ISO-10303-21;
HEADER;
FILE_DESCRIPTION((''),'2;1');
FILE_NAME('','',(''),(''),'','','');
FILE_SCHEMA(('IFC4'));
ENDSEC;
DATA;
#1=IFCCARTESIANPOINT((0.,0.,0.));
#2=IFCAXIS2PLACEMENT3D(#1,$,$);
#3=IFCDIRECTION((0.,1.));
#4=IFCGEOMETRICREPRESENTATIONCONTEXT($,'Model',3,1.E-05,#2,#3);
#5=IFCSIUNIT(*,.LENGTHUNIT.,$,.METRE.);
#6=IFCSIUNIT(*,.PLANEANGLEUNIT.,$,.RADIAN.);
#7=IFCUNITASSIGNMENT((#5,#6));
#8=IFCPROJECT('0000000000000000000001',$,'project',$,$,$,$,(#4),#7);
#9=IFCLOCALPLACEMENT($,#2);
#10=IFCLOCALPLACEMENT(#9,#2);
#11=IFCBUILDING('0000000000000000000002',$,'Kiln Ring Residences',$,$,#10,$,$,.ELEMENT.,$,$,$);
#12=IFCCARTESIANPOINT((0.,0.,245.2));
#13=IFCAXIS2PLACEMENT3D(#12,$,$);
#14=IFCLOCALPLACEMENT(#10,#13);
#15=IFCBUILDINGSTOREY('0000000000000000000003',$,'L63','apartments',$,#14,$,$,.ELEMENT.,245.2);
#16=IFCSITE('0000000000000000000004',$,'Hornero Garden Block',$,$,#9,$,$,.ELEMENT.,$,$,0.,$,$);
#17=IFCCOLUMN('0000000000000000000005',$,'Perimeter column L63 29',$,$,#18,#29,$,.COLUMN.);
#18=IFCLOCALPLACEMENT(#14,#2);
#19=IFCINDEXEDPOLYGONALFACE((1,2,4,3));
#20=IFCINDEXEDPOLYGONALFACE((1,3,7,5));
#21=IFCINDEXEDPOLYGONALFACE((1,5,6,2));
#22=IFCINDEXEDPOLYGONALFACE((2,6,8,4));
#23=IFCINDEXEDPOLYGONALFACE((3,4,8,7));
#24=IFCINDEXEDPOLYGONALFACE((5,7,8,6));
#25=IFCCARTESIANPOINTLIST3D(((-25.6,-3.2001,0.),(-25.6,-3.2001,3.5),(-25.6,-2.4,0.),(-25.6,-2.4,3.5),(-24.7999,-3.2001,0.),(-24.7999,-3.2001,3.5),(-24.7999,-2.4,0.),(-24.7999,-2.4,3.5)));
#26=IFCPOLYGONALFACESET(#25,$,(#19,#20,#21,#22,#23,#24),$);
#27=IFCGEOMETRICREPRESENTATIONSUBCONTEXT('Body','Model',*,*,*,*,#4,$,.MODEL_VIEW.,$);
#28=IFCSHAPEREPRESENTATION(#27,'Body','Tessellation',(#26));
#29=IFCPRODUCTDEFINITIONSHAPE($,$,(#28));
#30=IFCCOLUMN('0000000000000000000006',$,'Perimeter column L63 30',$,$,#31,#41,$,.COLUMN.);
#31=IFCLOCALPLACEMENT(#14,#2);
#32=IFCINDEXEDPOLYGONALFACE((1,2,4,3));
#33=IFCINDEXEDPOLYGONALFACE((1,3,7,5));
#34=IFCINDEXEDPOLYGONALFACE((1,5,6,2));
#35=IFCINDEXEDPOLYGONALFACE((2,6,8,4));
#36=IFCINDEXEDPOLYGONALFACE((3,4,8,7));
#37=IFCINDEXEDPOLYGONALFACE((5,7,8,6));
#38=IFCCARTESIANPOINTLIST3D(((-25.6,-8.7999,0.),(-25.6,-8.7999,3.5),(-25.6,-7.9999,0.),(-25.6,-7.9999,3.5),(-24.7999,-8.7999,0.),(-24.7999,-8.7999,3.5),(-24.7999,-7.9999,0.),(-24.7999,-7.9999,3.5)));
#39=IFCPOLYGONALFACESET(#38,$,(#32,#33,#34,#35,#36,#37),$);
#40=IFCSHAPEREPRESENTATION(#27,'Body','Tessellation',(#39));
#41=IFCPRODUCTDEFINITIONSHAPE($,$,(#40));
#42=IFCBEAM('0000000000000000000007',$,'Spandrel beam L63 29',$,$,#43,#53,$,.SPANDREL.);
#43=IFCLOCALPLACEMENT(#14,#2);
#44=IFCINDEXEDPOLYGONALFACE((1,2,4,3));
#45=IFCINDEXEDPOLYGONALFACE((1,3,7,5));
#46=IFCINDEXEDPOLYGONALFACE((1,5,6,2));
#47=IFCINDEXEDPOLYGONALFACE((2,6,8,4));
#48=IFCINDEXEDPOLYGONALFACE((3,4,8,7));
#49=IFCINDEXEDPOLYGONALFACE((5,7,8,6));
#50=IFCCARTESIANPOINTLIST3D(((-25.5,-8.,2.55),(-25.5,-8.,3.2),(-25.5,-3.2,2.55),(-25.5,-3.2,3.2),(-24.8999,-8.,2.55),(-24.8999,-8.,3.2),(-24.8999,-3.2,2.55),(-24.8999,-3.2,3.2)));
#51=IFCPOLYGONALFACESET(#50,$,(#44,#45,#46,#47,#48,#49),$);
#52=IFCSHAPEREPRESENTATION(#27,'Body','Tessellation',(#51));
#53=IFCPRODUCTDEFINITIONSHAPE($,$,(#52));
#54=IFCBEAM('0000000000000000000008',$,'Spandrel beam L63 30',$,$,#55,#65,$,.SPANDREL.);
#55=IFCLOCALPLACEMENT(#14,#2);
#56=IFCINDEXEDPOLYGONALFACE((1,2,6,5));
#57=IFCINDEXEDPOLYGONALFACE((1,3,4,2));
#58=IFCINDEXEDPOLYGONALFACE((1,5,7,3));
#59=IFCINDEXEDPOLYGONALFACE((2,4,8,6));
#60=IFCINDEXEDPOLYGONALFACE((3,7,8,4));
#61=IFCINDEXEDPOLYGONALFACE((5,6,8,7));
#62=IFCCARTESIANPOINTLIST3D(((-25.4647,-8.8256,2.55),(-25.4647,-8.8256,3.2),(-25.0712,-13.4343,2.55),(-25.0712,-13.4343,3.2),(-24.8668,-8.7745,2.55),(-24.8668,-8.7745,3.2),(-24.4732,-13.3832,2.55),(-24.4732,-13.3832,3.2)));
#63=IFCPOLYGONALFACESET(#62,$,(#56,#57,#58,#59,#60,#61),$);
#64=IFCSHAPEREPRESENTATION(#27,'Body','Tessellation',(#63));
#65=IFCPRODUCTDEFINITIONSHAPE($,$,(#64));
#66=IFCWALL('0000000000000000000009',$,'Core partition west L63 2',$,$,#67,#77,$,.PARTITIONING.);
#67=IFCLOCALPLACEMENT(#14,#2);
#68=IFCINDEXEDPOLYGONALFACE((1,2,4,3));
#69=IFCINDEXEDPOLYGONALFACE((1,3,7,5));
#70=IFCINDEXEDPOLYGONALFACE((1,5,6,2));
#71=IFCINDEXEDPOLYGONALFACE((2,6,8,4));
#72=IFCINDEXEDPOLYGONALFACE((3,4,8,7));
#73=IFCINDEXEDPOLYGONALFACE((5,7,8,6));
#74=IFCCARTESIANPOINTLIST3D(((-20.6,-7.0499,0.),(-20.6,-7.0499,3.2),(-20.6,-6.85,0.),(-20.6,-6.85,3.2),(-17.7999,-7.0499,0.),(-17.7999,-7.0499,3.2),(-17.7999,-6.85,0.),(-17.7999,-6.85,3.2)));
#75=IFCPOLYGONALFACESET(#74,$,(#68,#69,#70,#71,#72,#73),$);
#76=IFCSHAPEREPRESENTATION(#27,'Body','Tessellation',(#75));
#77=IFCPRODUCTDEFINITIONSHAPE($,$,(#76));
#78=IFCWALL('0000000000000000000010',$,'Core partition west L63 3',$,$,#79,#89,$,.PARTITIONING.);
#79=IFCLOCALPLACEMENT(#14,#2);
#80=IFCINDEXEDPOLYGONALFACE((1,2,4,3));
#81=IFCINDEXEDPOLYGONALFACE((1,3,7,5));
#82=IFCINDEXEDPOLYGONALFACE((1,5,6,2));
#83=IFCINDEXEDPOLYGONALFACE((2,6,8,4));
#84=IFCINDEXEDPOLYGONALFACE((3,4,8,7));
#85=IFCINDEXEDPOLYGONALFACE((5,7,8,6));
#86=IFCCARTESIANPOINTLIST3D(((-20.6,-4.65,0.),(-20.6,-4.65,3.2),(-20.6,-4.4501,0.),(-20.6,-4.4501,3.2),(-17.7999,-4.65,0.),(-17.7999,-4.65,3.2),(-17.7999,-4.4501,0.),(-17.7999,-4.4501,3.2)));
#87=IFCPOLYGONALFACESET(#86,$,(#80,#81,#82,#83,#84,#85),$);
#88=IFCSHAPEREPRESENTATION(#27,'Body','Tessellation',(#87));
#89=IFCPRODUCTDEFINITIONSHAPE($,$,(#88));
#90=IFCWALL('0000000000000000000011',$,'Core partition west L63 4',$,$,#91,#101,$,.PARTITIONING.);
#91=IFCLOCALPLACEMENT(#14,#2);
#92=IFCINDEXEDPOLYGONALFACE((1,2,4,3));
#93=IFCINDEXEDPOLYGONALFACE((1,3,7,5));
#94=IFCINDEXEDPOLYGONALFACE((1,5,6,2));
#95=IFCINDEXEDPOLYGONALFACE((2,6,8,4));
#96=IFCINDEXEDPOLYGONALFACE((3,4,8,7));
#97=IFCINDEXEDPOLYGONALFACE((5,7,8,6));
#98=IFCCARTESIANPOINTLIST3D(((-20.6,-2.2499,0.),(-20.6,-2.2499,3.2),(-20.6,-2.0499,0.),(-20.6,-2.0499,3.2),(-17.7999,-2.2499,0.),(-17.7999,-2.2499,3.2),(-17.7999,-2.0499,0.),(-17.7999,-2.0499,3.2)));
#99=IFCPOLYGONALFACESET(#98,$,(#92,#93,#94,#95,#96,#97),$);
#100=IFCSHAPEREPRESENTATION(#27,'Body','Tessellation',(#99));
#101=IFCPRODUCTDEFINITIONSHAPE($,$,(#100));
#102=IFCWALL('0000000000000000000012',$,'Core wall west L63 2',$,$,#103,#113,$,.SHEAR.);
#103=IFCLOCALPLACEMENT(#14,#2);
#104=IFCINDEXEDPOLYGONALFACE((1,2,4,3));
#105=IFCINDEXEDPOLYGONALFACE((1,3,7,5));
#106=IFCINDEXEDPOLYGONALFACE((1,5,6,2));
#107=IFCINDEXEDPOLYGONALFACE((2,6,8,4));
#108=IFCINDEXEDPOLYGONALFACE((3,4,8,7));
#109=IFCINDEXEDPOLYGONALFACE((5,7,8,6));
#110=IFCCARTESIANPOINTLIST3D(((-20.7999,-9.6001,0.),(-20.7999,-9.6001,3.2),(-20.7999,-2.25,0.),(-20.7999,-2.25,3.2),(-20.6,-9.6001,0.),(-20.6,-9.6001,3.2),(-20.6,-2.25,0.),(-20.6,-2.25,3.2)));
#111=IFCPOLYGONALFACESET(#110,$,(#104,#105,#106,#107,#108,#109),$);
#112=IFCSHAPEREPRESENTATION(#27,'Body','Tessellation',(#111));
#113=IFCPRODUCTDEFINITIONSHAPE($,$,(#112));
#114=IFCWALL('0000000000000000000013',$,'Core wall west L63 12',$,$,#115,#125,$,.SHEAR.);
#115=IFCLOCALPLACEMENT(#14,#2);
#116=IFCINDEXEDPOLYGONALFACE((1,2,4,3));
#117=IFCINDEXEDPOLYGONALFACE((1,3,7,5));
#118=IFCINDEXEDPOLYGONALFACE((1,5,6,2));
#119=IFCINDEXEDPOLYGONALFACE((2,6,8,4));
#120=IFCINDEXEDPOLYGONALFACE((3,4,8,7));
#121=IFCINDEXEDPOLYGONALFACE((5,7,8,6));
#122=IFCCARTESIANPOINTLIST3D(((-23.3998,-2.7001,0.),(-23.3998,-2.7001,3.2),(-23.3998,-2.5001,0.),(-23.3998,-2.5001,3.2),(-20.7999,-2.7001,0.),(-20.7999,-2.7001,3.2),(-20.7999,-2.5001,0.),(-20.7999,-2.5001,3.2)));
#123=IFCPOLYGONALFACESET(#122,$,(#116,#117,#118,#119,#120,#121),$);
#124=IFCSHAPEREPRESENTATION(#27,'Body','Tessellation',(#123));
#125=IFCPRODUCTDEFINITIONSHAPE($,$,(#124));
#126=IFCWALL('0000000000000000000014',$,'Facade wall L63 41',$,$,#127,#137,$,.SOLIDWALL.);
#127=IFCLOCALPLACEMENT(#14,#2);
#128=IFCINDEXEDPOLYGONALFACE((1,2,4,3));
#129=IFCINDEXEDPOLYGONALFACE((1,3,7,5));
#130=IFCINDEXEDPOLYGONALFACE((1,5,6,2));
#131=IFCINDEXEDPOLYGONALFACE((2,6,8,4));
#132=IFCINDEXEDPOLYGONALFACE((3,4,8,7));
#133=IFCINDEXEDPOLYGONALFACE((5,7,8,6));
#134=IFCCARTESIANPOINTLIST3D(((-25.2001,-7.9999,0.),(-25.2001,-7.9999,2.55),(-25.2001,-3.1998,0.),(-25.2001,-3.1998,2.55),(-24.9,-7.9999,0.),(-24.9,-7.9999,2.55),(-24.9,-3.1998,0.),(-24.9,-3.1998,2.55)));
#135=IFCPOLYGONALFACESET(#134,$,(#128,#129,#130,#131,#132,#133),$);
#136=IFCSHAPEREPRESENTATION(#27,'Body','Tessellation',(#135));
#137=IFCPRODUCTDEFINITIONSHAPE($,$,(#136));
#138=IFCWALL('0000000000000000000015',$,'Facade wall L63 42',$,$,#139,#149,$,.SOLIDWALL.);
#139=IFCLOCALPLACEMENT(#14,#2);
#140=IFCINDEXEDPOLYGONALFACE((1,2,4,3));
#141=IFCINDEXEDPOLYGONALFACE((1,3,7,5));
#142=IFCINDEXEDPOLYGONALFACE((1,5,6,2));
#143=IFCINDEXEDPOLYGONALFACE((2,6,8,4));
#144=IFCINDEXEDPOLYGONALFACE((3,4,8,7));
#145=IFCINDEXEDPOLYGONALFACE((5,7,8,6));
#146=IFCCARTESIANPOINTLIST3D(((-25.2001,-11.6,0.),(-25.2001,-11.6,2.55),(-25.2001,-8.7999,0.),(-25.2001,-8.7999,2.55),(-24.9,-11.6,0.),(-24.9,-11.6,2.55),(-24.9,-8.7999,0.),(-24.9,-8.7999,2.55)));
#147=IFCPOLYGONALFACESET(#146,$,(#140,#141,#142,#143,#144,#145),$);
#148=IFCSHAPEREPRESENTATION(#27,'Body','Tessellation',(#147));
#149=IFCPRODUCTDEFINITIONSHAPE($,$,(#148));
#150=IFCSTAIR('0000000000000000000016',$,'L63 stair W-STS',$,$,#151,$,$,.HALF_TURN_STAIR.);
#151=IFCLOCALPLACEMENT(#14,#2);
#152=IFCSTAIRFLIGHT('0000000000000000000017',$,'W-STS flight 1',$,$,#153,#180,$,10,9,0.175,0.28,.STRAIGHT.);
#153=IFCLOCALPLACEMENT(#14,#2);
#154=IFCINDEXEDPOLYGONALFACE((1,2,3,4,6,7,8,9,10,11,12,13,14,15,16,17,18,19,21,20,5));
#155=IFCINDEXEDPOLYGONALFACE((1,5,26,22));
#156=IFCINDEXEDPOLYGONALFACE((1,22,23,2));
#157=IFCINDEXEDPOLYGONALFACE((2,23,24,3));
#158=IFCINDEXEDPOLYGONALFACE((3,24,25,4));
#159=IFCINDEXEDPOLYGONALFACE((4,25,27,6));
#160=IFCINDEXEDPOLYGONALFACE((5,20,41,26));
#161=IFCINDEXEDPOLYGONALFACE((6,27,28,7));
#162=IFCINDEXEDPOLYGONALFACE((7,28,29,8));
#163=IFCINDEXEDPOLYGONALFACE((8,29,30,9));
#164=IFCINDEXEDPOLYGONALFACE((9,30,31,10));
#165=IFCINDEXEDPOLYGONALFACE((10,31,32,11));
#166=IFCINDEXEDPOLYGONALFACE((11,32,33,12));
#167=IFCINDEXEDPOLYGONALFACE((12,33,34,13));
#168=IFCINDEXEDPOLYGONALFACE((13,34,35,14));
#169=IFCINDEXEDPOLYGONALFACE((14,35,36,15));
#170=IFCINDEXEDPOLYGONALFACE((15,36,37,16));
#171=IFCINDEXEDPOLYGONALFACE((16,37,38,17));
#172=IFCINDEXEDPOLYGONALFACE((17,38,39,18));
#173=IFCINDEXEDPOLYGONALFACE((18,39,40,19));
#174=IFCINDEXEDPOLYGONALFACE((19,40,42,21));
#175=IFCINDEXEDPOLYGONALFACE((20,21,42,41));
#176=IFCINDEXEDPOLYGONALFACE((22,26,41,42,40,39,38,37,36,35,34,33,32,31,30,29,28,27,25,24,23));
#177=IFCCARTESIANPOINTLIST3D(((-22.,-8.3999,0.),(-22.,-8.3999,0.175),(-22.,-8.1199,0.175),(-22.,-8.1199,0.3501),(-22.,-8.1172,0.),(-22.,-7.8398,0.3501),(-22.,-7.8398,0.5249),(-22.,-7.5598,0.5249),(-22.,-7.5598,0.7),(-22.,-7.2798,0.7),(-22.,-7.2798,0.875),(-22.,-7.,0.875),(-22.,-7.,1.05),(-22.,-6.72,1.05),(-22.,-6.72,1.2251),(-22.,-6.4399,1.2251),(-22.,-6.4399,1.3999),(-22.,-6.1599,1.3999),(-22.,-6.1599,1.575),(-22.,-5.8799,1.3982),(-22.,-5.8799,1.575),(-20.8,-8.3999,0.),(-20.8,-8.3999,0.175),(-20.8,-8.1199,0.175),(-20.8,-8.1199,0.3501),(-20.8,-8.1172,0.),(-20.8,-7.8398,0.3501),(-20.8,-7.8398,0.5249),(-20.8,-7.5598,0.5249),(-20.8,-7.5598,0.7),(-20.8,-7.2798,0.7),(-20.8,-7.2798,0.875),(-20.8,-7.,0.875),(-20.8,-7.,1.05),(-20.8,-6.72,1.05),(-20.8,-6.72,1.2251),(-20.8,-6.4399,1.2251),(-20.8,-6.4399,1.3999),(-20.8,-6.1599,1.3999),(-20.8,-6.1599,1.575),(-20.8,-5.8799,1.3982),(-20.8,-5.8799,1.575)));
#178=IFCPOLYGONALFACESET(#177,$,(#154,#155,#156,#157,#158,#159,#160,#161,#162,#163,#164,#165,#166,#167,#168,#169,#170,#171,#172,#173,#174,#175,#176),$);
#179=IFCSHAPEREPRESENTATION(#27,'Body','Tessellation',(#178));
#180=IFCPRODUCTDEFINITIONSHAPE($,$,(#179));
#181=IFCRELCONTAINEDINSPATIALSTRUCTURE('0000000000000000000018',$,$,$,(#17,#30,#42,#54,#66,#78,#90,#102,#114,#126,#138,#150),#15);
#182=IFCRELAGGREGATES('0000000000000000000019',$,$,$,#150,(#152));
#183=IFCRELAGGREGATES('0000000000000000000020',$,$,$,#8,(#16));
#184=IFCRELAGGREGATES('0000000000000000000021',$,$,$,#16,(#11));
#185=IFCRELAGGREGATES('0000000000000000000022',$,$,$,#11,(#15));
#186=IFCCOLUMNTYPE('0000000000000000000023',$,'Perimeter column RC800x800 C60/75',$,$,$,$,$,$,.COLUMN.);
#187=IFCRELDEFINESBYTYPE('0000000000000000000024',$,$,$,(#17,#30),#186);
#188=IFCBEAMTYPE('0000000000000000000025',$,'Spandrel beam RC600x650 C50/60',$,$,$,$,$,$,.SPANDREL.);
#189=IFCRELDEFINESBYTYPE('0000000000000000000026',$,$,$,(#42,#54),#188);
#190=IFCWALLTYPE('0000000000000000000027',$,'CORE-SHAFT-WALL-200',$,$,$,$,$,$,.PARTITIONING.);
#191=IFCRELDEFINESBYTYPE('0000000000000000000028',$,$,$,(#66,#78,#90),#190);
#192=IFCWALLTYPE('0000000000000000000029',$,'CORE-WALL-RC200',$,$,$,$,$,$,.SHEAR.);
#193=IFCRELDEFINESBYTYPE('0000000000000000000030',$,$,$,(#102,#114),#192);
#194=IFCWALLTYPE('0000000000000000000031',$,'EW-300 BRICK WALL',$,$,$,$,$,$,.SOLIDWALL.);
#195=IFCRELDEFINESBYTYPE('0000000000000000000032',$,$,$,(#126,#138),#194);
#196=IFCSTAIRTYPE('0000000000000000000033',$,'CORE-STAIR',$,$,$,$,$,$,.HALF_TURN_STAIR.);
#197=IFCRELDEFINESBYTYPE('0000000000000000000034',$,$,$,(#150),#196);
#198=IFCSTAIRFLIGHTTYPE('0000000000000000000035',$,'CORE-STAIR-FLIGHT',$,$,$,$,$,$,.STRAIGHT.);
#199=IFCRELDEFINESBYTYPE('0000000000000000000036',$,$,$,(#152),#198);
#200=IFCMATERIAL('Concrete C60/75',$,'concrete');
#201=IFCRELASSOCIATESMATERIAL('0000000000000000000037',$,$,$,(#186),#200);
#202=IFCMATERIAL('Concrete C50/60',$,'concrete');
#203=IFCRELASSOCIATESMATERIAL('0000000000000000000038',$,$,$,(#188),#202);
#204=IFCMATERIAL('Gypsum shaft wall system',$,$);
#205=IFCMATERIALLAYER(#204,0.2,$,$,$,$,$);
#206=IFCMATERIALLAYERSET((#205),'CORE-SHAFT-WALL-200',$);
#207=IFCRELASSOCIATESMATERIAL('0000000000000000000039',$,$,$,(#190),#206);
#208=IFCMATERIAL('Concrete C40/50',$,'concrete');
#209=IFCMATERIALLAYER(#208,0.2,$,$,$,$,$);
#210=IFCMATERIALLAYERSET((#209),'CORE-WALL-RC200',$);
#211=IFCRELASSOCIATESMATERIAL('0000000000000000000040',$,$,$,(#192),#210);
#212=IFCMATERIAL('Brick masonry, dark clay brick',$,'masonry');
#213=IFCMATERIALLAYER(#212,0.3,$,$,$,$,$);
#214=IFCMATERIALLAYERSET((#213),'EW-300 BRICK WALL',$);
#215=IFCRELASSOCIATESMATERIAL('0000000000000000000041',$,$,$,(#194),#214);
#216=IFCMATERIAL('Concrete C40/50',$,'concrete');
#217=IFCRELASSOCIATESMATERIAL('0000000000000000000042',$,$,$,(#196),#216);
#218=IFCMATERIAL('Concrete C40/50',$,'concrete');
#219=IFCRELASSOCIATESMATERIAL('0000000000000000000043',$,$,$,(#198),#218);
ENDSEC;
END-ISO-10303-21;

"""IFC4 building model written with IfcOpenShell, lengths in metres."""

from ifc_helpers import new_model, si_unit, direction, frame, frame_2d, origin, origin_2d, place, context, subcontext, project, spatial, polyline, rectangle, outline, extrude, material, layer, layer_set, material_profile, profile_set, type_object, element, aggregate, save


model = new_model("IFC4")

# Units and contexts
model_context = context("Model", 3, precision=1e-05, world=origin(), true_north=direction((0.0, 1.0)))
body_context = subcontext(model_context, "Body", "Model", "MODEL_VIEW")
ifc_project = project(units=[si_unit("LENGTHUNIT", "METRE"), si_unit("PLANEANGLEUNIT", "RADIAN")], contexts=[model_context])

# Site, building, storey
site_placement = place(None, origin())
site = spatial("IfcSite", under=ifc_project, at=site_placement, Name="Hornero Garden Block", CompositionType="ELEMENT", RefElevation=0.0)
building_placement = place(site_placement, origin())
building = spatial("IfcBuilding", under=site, at=building_placement, Name="Kiln Ring Residences", CompositionType="ELEMENT")
storey_placement = place(building_placement, frame((0.0, 0.0, 245.2)))
storey = spatial("IfcBuildingStorey", under=building, at=storey_placement, Name="L63", Description="apartments", CompositionType="ELEMENT", Elevation=245.2)

# Columns
ifc_material_1 = material(Name="Concrete C60/75", Category="concrete")
ifc_material_profile_1 = material_profile(ifc_material_1, rectangle(XDim=0.8, YDim=0.8, at=origin_2d()), Name="RC800x800")
ifc_profile_set_1 = profile_set([ifc_material_profile_1], Name="Concrete C60/75")
column_type = type_object("IfcColumnType", Name="Perimeter column RC800x800 C60/75", PredefinedType="COLUMN", material=ifc_profile_set_1)
for number, where, z_axis, x_axis, name in (
    (1, (-25.2, -2.8, 0.0), (0.0, 0.0, 1.0), (1.0, 0.0, 0.0), "Perimeter column L63 29"),
    (2, (-25.2, -8.3999, 0.0), (0.0, 0.0, 1.0), (1.0, 0.0, 0.0), "Perimeter column L63 30"),
):
    element("IfcColumn", number, at=place(storey_placement, frame(where, z_axis=z_axis, x_axis=x_axis)), inside=storey, type_object=column_type, Name=name, PredefinedType="COLUMN", context=body_context, shape_type="SweptSolid", body=[
        extrude(rectangle(XDim=0.8, YDim=0.8, at=origin_2d()), origin(), (0.0, 0.0, 1.0), 3.5),
    ])

# Beams
ifc_material_2 = material(Name="Concrete C50/60", Category="concrete")
ifc_material_profile_2 = material_profile(ifc_material_2, rectangle(XDim=0.6001, YDim=0.6499, at=origin_2d()), Name="RC600x650")
ifc_profile_set_2 = profile_set([ifc_material_profile_2], Name="Concrete C50/60")
beam_type = type_object("IfcBeamType", Name="Spandrel beam RC600x650 C50/60", PredefinedType="SPANDREL", material=ifc_profile_set_2)
beam_1_placement = place(storey_placement, frame((-25.2, -3.2, 2.875), z_axis=(0.0, -1.0, 0.0), x_axis=(1.0, 0.0, 0.0)))
element("IfcBeam", 3, at=beam_1_placement, inside=storey, type_object=beam_type, Name="Spandrel beam L63 29", PredefinedType="SPANDREL", context=body_context, shape_type="SweptSolid", body=[
    extrude(rectangle(XDim=0.6001, YDim=0.6499, at=origin_2d()), origin(), (0.0, 0.0, 1.0), 4.8),
])
beam_2_placement = place(storey_placement, frame((-25.1658, -8.8, 2.875), z_axis=(0.085085, -0.996374, 0.0), x_axis=(0.996374, 0.085085, 0.0)))
element("IfcBeam", 4, at=beam_2_placement, inside=storey, type_object=beam_type, Name="Spandrel beam L63 30", PredefinedType="SPANDREL", context=body_context, shape_type="SweptSolid", body=[
    extrude(rectangle(XDim=0.6001, YDim=0.6499, at=origin_2d()), origin(), (0.0, 0.0, 1.0), 4.6255),
])

# Walls
ifc_material_3 = material(Name="Gypsum shaft wall system")
ifc_layer_1 = layer(ifc_material_3, 0.2)
ifc_layer_set_1 = layer_set([ifc_layer_1], Name="CORE-SHAFT-WALL-200")
wall_type_1 = type_object("IfcWallType", Name="CORE-SHAFT-WALL-200", PredefinedType="PARTITIONING", material=ifc_layer_set_1)
for number, where, z_axis, x_axis, name in (
    (5, (-17.8, -6.95, 0.0), (0.0, 0.0, 1.0), (-1.0, 0.0, 0.0), "Core partition west L63 2"),
    (6, (-17.8, -4.55, 0.0), (0.0, 0.0, 1.0), (-1.0, 0.0, 0.0), "Core partition west L63 3"),
    (7, (-17.8, -2.1499, 0.0), (0.0, 0.0, 1.0), (-1.0, 0.0, 0.0), "Core partition west L63 4"),
):
    element("IfcWall", number, at=place(storey_placement, frame(where, z_axis=z_axis, x_axis=x_axis)), inside=storey, type_object=wall_type_1, Name=name, PredefinedType="PARTITIONING", context=body_context, shape_type="SweptSolid", body=[
        extrude(rectangle(XDim=2.8, YDim=0.2, at=frame_2d((1.3999, 0.0))), origin(), (0.0, 0.0, 1.0), 3.2),
    ])
ifc_material_4 = material(Name="Concrete C40/50", Category="concrete")
ifc_layer_2 = layer(ifc_material_4, 0.2)
ifc_layer_set_2 = layer_set([ifc_layer_2], Name="CORE-WALL-RC200")
wall_type_2 = type_object("IfcWallType", Name="CORE-WALL-RC200", PredefinedType="SHEAR", material=ifc_layer_set_2)
wall_1_placement = place(storey_placement, frame((-20.7, -9.6001, 0.0), z_axis=(0.0, 0.0, 1.0), x_axis=(0.0, 1.0, 0.0)))
element("IfcWall", 8, at=wall_1_placement, inside=storey, type_object=wall_type_2, Name="Core wall west L63 2", PredefinedType="SHEAR", context=body_context, shape_type="SweptSolid", body=[
    extrude(rectangle(XDim=7.3501, YDim=0.2, at=frame_2d((3.675, 0.0))), origin(), (0.0, 0.0, 1.0), 3.2),
])
wall_2_placement = place(storey_placement, frame((-20.8, -2.6001, 0.0), z_axis=(0.0, 0.0, 1.0), x_axis=(-1.0, 0.0, 0.0)))
element("IfcWall", 9, at=wall_2_placement, inside=storey, type_object=wall_type_2, Name="Core wall west L63 12", PredefinedType="SHEAR", context=body_context, shape_type="SweptSolid", body=[
    extrude(rectangle(XDim=2.5999, YDim=0.2, at=frame_2d((1.2998, 0.0))), origin(), (0.0, 0.0, 1.0), 3.2),
])
ifc_material_5 = material(Name="Brick masonry, dark clay brick", Category="masonry")
ifc_layer_3 = layer(ifc_material_5, 0.3)
ifc_layer_set_3 = layer_set([ifc_layer_3], Name="EW-300 BRICK WALL")
wall_type_3 = type_object("IfcWallType", Name="EW-300 BRICK WALL", PredefinedType="SOLIDWALL", material=ifc_layer_set_3)
wall_3_placement = place(storey_placement, frame((-25.05, -3.2, 0.0), z_axis=(0.0, 0.0, 1.0), x_axis=(0.0, -1.0, 0.0)))
element("IfcWall", 10, at=wall_3_placement, inside=storey, type_object=wall_type_3, Name="Facade wall L63 41", PredefinedType="SOLIDWALL", context=body_context, shape_type="SweptSolid", body=[
    extrude(rectangle(XDim=4.8, YDim=0.3, at=frame_2d((2.3999, 0.0))), origin(), (0.0, 0.0, 1.0), 2.55),
])
wall_4_placement = place(storey_placement, frame((-25.05, -8.8, 0.0), z_axis=(0.0, 0.0, 1.0), x_axis=(0.0, -1.0, 0.0)))
element("IfcWall", 11, at=wall_4_placement, inside=storey, type_object=wall_type_3, Name="Facade wall L63 42", PredefinedType="SOLIDWALL", context=body_context, shape_type="SweptSolid", body=[
    extrude(rectangle(XDim=2.8, YDim=0.3, at=frame_2d((1.3999, 0.0))), origin(), (0.0, 0.0, 1.0), 2.55),
])

# Stair, stair flight
ifc_material_6 = material(Name="Concrete C40/50", Category="concrete")
stair_type = type_object("IfcStairType", Name="CORE-STAIR", PredefinedType="HALF_TURN_STAIR", material=ifc_material_6)
stair_placement = place(storey_placement, origin())
stair = element("IfcStair", 12, at=stair_placement, inside=storey, type_object=stair_type, Name="L63 stair W-STS", PredefinedType="HALF_TURN_STAIR")
ifc_material_7 = material(Name="Concrete C40/50", Category="concrete")
stair_flight_type = type_object("IfcStairFlightType", Name="CORE-STAIR-FLIGHT", PredefinedType="STRAIGHT", material=ifc_material_7)
stair_flight_1_placement = place(storey_placement, frame((-21.3999, -8.3999, 0.0), z_axis=(0.0, 0.0, 1.0), x_axis=(0.0, 1.0, 0.0)))
stair_flight_1 = element("IfcStairFlight", 13, at=stair_flight_1_placement, type_object=stair_flight_type, Name="W-STS flight 1", NumberOfRisers=10, NumberOfTreads=9, PredefinedType="STRAIGHT", RiserHeight=0.175, TreadLength=0.28, context=body_context, shape_type="SweptSolid", body=[
    extrude(outline(polyline([(0.0, 0.0), (0.0, 0.175), (0.28, 0.175), (0.28, 0.3501), (0.5601, 0.3501), (0.5601, 0.5249), (0.8401, 0.5249), (0.8401, 0.7), (1.1201, 0.7), (1.1201, 0.875), (1.3999, 0.875), (1.3999, 1.05), (1.6799, 1.05), (1.6799, 1.2251), (1.96, 1.2251), (1.96, 1.3999), (2.24, 1.3999), (2.24, 1.575), (2.52, 1.575), (2.52, 1.75), (2.52, 1.3982), (0.2827, 0.0), (0.0, 0.0)])), frame((0.0, 0.6001, 0.0), z_axis=(0.0, -1.0, 0.0), x_axis=(1.0, 0.0, 0.0)), (0.0, 0.0, 1.0), 1.2),
])
aggregate(stair, [stair_flight_1])

save(model, "model.ifc")
